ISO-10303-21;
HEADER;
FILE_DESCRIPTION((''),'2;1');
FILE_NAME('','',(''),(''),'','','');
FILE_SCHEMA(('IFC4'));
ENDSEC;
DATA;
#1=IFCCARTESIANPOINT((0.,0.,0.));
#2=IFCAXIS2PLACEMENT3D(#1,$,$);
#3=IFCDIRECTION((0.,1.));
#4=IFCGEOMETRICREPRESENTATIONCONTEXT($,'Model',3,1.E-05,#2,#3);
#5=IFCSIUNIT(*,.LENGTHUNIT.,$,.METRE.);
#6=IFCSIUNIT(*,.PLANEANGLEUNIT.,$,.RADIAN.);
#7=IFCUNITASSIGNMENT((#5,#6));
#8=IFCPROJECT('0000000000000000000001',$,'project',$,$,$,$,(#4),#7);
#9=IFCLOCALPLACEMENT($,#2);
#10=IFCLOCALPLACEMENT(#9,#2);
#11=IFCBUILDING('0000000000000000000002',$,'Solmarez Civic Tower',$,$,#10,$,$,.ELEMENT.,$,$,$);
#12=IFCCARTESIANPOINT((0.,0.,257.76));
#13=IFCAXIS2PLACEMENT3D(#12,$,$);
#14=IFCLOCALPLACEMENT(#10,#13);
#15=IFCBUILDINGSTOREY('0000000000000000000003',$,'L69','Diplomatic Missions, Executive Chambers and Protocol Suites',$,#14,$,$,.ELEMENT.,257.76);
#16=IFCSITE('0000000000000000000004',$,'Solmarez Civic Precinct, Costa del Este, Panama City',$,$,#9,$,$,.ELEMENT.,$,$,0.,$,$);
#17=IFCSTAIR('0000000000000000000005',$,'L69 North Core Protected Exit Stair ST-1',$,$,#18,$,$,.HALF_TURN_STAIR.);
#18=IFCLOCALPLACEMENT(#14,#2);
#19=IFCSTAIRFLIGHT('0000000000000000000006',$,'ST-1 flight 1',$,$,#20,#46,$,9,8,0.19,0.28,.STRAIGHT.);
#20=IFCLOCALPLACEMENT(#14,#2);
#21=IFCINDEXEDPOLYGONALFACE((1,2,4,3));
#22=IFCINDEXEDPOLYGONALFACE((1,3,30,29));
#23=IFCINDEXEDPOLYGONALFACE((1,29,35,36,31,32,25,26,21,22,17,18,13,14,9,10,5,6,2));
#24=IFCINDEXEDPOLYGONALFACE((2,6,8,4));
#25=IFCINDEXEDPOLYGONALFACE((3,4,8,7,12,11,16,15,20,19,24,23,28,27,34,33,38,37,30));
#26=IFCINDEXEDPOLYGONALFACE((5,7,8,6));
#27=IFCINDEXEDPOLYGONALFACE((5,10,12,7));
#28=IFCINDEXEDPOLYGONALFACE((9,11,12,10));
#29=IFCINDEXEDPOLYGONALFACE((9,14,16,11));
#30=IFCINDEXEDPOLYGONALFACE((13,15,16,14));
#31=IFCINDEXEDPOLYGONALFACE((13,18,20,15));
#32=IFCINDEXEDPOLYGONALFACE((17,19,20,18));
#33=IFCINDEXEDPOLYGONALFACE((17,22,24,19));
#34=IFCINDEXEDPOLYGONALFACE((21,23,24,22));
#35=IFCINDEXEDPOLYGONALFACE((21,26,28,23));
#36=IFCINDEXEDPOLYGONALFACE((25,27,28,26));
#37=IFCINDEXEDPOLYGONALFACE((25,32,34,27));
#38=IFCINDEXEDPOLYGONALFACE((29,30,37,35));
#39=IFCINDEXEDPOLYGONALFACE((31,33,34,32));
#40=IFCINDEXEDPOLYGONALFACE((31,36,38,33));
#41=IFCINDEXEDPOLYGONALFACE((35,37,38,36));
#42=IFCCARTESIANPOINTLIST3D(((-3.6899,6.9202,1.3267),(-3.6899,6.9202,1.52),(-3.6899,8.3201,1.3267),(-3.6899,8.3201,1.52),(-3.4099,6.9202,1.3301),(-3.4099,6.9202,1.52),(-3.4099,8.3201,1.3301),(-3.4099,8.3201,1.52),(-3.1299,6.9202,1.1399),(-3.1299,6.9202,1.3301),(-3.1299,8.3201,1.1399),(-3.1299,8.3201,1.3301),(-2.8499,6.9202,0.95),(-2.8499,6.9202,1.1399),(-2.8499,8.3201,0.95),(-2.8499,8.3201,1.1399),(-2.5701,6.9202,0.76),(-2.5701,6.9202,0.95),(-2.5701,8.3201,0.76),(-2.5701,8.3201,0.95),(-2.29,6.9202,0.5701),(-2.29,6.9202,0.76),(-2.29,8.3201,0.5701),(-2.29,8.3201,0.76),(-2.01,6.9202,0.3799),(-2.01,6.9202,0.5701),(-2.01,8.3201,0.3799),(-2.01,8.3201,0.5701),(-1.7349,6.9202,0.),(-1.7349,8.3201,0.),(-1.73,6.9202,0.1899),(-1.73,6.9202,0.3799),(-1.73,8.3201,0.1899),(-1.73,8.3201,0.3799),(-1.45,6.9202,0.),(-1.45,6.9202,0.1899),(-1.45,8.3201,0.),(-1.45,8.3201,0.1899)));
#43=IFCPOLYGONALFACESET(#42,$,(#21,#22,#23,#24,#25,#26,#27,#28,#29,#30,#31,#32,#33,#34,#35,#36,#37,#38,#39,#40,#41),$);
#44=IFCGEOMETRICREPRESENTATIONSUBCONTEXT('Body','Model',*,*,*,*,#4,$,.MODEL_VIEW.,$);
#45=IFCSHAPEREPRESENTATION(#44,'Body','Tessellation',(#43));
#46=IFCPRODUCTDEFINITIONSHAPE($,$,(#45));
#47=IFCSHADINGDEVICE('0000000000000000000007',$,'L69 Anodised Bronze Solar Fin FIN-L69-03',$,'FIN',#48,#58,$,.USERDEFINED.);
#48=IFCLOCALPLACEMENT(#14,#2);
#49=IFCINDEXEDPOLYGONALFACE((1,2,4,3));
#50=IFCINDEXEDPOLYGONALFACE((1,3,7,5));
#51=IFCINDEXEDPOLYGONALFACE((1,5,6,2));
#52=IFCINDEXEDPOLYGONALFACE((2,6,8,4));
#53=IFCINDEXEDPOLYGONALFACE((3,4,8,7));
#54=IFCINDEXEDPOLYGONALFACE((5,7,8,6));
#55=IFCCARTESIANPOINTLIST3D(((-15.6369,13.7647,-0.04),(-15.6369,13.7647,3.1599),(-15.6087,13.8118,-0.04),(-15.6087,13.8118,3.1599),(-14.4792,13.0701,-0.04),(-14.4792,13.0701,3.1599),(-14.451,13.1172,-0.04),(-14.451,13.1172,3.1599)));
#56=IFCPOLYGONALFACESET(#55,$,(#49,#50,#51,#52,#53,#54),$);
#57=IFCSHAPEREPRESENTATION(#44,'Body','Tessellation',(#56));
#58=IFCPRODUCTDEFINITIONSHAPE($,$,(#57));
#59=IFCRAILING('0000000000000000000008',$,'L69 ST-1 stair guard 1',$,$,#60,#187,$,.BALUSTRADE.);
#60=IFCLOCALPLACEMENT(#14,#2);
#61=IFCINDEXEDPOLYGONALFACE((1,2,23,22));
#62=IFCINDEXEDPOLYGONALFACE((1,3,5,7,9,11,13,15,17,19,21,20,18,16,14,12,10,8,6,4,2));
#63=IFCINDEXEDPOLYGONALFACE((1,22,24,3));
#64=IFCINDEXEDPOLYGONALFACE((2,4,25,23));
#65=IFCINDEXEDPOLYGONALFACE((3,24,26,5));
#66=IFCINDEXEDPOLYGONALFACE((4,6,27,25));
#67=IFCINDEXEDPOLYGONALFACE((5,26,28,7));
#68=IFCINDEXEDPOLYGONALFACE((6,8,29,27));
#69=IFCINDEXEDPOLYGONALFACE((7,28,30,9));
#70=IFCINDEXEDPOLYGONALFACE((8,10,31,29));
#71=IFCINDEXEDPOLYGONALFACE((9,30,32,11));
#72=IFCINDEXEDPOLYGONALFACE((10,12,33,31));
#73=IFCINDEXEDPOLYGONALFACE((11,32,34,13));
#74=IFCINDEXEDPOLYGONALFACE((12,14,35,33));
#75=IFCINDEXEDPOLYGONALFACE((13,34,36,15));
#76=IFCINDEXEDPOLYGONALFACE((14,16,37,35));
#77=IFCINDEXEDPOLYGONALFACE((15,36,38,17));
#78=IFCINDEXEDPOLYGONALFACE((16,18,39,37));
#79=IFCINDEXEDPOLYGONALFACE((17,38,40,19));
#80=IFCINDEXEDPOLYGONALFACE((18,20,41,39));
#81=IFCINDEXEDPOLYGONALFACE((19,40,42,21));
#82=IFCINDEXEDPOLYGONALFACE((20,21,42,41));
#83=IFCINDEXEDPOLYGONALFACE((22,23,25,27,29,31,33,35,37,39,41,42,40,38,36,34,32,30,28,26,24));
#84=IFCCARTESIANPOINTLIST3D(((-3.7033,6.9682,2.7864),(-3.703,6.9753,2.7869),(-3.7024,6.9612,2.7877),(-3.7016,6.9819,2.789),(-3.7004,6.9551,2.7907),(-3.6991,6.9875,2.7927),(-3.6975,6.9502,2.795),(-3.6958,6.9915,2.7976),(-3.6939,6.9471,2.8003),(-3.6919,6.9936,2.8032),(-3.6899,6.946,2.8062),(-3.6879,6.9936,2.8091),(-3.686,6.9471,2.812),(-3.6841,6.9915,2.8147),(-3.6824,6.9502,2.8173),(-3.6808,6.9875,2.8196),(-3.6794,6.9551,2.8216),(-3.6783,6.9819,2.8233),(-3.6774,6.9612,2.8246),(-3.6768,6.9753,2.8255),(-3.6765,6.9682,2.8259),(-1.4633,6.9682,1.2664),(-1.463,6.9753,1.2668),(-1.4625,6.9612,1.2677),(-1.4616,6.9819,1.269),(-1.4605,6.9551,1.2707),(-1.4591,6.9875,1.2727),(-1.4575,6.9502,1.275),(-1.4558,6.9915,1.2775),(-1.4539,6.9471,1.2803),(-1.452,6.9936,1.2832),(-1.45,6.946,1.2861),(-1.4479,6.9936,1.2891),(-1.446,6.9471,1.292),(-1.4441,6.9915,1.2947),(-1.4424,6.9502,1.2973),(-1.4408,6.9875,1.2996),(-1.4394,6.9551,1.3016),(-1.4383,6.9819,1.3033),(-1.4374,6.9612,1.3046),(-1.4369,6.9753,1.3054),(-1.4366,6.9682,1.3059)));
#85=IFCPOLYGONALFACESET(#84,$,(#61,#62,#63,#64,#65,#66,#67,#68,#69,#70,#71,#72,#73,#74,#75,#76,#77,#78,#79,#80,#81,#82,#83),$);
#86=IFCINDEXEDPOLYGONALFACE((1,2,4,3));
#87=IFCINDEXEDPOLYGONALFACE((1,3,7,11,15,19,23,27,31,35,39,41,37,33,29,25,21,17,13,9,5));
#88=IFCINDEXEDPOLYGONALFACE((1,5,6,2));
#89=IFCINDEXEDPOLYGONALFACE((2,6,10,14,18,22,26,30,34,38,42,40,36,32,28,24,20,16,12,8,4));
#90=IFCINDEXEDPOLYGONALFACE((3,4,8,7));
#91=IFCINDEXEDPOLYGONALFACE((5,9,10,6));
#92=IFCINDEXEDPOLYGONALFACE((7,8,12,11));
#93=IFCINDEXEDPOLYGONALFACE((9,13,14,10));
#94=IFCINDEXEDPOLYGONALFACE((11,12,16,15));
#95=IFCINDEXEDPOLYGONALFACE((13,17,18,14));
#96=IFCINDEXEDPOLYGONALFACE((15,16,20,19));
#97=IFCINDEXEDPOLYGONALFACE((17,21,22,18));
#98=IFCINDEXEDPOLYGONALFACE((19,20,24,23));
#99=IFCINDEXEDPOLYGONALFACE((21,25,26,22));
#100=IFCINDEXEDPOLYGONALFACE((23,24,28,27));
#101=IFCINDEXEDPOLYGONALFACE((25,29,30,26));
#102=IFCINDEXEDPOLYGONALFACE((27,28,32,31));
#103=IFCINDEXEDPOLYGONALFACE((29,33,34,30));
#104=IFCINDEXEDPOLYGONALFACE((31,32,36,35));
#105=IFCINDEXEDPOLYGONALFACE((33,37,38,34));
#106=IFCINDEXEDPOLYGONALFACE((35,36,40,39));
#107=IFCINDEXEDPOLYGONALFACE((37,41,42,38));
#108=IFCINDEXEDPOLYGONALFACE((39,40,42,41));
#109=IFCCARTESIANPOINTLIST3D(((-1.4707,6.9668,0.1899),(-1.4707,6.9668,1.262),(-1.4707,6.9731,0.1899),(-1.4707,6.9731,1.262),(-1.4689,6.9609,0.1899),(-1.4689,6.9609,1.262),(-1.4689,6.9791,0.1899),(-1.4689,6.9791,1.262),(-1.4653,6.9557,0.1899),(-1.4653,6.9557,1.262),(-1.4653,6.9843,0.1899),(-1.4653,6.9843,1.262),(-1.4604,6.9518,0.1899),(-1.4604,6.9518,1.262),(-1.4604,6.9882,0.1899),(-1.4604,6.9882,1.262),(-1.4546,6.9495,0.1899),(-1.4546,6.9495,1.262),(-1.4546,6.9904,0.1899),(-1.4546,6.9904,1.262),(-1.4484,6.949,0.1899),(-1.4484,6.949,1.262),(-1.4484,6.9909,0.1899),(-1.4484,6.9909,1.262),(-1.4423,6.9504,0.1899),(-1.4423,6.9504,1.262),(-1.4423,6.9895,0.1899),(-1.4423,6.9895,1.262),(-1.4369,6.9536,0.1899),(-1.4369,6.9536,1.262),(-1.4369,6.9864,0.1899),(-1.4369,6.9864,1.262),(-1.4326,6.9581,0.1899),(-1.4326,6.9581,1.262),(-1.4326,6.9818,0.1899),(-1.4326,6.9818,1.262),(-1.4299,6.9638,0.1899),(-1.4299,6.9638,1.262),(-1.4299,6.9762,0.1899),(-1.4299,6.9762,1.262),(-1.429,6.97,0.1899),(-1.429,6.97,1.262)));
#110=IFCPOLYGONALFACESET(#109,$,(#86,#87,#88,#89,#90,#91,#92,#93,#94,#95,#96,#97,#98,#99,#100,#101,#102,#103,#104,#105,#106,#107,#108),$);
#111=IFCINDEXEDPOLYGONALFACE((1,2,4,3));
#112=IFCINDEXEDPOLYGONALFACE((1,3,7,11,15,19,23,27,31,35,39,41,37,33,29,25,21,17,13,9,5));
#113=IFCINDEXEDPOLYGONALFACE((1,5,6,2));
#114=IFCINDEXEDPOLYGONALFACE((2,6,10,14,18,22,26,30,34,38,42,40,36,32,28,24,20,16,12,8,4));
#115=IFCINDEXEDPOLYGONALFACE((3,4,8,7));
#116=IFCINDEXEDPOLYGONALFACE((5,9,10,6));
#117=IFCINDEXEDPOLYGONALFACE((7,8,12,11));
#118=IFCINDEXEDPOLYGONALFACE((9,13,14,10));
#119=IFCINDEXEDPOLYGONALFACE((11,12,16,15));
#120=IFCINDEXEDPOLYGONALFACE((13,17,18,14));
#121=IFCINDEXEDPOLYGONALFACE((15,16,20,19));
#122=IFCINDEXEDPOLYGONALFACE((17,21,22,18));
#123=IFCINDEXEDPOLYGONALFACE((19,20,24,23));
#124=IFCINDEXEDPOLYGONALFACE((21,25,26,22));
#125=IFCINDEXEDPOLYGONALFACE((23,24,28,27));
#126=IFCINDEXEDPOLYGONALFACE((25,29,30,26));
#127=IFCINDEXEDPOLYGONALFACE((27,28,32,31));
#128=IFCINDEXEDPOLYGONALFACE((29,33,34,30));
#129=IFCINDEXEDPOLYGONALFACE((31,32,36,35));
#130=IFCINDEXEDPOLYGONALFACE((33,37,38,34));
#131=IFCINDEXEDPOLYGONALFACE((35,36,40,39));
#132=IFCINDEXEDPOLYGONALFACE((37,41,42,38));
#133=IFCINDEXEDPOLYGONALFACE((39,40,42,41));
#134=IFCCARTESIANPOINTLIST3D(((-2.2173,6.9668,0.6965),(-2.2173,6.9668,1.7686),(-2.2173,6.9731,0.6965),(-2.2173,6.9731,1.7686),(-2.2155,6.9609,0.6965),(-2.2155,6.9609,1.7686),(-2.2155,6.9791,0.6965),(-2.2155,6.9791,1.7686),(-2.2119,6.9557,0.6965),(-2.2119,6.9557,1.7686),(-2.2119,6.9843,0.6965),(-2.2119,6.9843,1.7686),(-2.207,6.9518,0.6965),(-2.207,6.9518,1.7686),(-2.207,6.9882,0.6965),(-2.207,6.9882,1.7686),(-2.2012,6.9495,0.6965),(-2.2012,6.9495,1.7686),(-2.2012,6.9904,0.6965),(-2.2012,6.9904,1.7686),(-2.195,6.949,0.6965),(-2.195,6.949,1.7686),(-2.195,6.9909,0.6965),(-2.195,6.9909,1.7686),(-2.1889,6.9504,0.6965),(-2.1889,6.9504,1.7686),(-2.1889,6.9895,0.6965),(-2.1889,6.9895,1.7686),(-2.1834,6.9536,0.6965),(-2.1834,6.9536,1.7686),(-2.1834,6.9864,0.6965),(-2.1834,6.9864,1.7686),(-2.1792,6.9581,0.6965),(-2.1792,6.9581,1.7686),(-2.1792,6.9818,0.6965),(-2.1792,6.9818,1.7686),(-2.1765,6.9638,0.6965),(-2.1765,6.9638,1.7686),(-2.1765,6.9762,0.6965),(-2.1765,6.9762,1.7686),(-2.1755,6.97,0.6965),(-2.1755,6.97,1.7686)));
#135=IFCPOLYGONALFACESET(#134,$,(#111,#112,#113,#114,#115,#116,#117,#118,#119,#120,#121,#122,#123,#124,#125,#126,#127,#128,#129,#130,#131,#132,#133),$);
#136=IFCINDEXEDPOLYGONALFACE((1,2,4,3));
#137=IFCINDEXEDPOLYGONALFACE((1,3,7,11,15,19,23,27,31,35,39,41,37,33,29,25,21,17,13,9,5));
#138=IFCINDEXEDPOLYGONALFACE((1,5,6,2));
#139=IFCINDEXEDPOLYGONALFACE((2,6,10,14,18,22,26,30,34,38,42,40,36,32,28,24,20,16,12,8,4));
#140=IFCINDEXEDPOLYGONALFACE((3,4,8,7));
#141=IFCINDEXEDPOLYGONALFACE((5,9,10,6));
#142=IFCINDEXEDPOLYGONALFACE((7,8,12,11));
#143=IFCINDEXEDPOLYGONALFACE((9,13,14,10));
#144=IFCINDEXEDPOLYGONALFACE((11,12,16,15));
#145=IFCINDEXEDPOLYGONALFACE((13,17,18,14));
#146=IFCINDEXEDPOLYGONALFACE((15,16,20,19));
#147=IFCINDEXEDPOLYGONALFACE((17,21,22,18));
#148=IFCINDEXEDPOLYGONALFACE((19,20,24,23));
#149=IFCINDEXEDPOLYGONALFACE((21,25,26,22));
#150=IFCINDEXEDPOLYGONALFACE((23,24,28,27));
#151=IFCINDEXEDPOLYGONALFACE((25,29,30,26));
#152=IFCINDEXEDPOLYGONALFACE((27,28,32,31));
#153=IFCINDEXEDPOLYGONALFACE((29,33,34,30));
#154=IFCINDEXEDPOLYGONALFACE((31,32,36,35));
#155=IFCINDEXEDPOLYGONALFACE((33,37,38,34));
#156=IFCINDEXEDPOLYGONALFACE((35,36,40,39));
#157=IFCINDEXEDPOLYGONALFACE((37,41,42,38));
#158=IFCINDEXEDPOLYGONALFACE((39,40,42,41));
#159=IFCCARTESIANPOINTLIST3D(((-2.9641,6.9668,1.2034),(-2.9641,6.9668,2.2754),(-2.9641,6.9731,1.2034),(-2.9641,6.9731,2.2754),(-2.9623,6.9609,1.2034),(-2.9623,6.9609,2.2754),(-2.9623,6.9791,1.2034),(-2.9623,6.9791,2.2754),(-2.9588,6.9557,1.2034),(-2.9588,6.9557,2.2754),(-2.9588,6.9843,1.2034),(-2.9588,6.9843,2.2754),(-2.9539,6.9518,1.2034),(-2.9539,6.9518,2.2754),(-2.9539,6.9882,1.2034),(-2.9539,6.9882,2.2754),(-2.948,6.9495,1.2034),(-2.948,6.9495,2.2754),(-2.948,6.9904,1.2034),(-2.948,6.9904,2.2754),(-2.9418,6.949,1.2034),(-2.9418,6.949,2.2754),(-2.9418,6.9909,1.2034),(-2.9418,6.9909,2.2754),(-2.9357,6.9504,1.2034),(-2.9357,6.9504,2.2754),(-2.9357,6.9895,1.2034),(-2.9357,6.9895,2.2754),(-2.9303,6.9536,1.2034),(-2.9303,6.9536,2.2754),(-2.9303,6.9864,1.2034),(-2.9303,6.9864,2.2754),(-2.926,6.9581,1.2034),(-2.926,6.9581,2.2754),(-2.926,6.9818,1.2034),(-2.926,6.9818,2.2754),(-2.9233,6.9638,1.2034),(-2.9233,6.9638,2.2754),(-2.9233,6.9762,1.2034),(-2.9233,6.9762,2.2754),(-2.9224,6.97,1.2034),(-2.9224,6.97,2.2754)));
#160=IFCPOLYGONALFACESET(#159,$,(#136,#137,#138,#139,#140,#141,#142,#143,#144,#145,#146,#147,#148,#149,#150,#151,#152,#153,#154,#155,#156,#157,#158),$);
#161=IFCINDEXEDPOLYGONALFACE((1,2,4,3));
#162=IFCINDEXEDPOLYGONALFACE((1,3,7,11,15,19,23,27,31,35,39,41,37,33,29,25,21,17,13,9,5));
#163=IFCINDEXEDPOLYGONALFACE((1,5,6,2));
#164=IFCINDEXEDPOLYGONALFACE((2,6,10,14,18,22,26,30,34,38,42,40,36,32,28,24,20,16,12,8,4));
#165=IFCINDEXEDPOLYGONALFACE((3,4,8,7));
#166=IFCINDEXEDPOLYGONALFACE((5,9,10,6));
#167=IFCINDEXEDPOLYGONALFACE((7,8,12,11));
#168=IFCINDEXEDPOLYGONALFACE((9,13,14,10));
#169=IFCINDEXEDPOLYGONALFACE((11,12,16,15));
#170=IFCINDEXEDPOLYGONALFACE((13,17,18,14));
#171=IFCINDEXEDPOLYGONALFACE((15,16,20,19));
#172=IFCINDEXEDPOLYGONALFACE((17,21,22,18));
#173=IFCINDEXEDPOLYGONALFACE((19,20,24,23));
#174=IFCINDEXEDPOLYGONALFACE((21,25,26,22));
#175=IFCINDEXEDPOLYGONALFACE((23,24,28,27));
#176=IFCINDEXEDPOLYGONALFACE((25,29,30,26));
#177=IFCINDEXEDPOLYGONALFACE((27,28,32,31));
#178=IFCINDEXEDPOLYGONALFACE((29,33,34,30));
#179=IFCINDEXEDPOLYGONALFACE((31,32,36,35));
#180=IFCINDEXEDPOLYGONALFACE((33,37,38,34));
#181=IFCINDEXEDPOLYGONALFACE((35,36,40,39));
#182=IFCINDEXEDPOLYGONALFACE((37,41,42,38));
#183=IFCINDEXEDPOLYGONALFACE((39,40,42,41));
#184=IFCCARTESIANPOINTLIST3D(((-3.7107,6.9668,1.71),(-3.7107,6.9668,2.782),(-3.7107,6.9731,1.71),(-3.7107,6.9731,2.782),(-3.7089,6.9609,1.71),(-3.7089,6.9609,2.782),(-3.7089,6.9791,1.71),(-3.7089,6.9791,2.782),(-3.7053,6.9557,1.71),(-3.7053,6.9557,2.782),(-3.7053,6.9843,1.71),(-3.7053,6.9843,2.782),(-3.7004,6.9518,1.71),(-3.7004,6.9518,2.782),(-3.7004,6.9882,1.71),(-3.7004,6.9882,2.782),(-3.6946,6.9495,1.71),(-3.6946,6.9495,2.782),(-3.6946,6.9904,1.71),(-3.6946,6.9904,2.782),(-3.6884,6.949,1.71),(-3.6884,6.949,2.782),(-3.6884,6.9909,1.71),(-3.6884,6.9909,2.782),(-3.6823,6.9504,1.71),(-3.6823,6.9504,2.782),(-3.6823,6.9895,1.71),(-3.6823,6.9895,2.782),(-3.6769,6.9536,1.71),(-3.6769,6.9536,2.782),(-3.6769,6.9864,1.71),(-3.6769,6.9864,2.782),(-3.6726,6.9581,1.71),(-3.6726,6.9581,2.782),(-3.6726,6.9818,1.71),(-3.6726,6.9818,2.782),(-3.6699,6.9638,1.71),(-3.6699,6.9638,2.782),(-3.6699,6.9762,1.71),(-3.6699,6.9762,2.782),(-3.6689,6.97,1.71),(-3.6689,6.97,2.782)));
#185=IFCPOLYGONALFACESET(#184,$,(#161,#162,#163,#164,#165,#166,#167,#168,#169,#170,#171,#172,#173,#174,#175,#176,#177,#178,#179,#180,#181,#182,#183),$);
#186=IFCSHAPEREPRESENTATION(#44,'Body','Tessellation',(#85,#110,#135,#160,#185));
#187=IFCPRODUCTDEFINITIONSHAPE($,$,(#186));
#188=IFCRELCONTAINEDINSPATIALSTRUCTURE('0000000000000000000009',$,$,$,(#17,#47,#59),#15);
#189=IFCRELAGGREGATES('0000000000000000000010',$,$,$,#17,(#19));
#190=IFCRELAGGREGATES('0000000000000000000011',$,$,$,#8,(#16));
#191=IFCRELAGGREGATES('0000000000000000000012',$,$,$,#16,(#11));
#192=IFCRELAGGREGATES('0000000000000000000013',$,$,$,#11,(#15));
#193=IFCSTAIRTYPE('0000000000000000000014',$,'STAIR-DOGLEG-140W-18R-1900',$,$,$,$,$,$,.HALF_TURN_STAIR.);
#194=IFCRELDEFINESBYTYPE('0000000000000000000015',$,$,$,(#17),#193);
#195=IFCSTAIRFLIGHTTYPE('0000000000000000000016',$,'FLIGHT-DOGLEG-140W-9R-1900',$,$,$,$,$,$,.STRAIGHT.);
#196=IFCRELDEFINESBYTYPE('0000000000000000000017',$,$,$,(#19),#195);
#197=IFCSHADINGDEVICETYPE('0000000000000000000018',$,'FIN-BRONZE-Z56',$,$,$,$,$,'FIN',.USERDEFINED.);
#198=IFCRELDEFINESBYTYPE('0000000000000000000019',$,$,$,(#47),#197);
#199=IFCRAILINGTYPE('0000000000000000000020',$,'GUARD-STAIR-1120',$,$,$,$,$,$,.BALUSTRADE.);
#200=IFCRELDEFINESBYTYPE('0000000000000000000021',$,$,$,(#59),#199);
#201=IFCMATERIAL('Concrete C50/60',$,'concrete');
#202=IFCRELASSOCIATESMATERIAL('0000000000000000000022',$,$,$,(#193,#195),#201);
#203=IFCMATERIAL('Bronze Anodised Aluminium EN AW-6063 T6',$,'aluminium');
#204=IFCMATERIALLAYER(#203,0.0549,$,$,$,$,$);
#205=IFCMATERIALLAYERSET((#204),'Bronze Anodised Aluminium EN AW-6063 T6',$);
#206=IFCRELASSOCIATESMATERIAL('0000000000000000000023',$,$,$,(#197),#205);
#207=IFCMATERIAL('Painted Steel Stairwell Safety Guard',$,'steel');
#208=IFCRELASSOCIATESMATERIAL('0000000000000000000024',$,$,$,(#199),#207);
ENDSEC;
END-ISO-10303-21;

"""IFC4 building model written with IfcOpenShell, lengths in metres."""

from ifc_helpers import new_model, si_unit, direction, frame, origin, origin_2d, place, context, subcontext, project, spatial, polyline, rectangle, circle, outline, extrude, material, layer, layer_set, type_object, element, aggregate, save


model = new_model("IFC4")

# Units and contexts
model_context = context("Model", 3, precision=1e-05, world=origin(), true_north=direction((0.0, 1.0)))
body_context = subcontext(model_context, "Body", "Model", "MODEL_VIEW")
ifc_project = project(units=[si_unit("LENGTHUNIT", "METRE"), si_unit("PLANEANGLEUNIT", "RADIAN")], contexts=[model_context])

# Site, building, storey
site_placement = place(None, origin())
site = spatial("IfcSite", under=ifc_project, at=site_placement, Name="Solmarez Civic Precinct, Costa del Este, Panama City", CompositionType="ELEMENT", RefElevation=0.0)
building_placement = place(site_placement, origin())
building = spatial("IfcBuilding", under=site, at=building_placement, Name="Solmarez Civic Tower", CompositionType="ELEMENT")
storey_placement = place(building_placement, frame((0.0, 0.0, 257.76)))
storey = spatial("IfcBuildingStorey", under=building, at=storey_placement, Name="L69", Description="Diplomatic Missions, Executive Chambers and Protocol Suites", CompositionType="ELEMENT", Elevation=257.76)

# Shared definitions
ifc_material_1 = material(Name="Concrete C50/60", Category="concrete")

# Stair, stair flight
stair_type = type_object("IfcStairType", Name="STAIR-DOGLEG-140W-18R-1900", PredefinedType="HALF_TURN_STAIR", material=ifc_material_1)
stair_placement = place(storey_placement, origin())
stair = element("IfcStair", 1, at=stair_placement, inside=storey, type_object=stair_type, Name="L69 North Core Protected Exit Stair ST-1", PredefinedType="HALF_TURN_STAIR")
stair_flight_type = type_object("IfcStairFlightType", Name="FLIGHT-DOGLEG-140W-9R-1900", PredefinedType="STRAIGHT", material=ifc_material_1)
stair_flight_placement = place(storey_placement, frame((-1.45, 7.6201, 0.0), z_axis=(0.0, 0.0, 1.0), x_axis=(-1.0, 0.0, 0.0)))
stair_flight = element("IfcStairFlight", 2, at=stair_flight_placement, type_object=stair_flight_type, Name="ST-1 flight 1", NumberOfRisers=9, NumberOfTreads=8, PredefinedType="STRAIGHT", RiserHeight=0.19, TreadLength=0.28, context=body_context, shape_type="SweptSolid", body=[
    extrude(outline(polyline([(0.0, 0.0), (0.0, 0.1899), (0.28, 0.1899), (0.28, 0.3799), (0.5601, 0.3799), (0.5601, 0.5701), (0.8401, 0.5701), (0.8401, 0.76), (1.1201, 0.76), (1.1201, 0.95), (1.3999, 0.95), (1.3999, 1.1399), (1.6799, 1.1399), (1.6799, 1.3301), (1.96, 1.3301), (1.96, 1.52), (2.24, 1.52), (2.24, 1.71), (2.24, 1.3267), (0.2849, 0.0), (0.0, 0.0)])), frame((0.0, 0.7, 0.0), z_axis=(0.0, -1.0, 0.0), x_axis=(1.0, 0.0, 0.0)), (0.0, 0.0, 1.0), 1.3999),
])
aggregate(stair, [stair_flight])

# Shading device
ifc_material_2 = material(Name="Bronze Anodised Aluminium EN AW-6063 T6", Category="aluminium")
ifc_layer_1 = layer(ifc_material_2, 0.0549)
ifc_layer_set_1 = layer_set([ifc_layer_1], Name="Bronze Anodised Aluminium EN AW-6063 T6")
shading_device_type = type_object("IfcShadingDeviceType", Name="FIN-BRONZE-Z56", ElementType="FIN", PredefinedType="USERDEFINED", material=ifc_layer_set_1)
shading_device_placement = place(storey_placement, frame((-15.0439, 13.4409, -0.04), z_axis=(0.0, 0.0, 1.0), x_axis=(-0.857509, 0.514469, 0.0)))
element("IfcShadingDevice", 3, at=shading_device_placement, inside=storey, type_object=shading_device_type, Name="L69 Anodised Bronze Solar Fin FIN-L69-03", ObjectType="FIN", PredefinedType="USERDEFINED", context=body_context, shape_type="SweptSolid", body=[
    extrude(rectangle(XDim=1.3501, YDim=0.0549, at=origin_2d()), origin(), (0.0, 0.0, 1.0), 3.2),
])

# Railing
ifc_material_3 = material(Name="Painted Steel Stairwell Safety Guard", Category="steel")
railing_type_1 = type_object("IfcRailingType", Name="GUARD-STAIR-1120", PredefinedType="BALUSTRADE", material=ifc_material_3)
railing_1_placement = place(storey_placement, frame((-1.45, 6.97, 0.1899)))
element("IfcRailing", 4, at=railing_1_placement, inside=storey, type_object=railing_type_1, Name="L69 ST-1 stair guard 1", PredefinedType="BALUSTRADE", context=body_context, shape_type="SweptSolid", body=[
    extrude(circle(Radius=0.0239, at=origin_2d()), frame((0.0, 0.0, 1.0962), z_axis=(-0.827471, 0.0, 0.561508), x_axis=(0.0, -1.0, 0.0)), (0.0, 0.0, 1.0), 2.707),
    extrude(circle(Radius=0.021, at=origin_2d()), origin(), (0.0, 0.0, 1.0), 1.072),
    extrude(circle(Radius=0.021, at=origin_2d()), frame((-0.7466, 0.0, 0.5066)), (0.0, 0.0, 1.0), 1.072),
    extrude(circle(Radius=0.021, at=origin_2d()), frame((-1.4934, 0.0, 1.0134)), (0.0, 0.0, 1.0), 1.072),
    extrude(circle(Radius=0.021, at=origin_2d()), frame((-2.24, 0.0, 1.52)), (0.0, 0.0, 1.0), 1.072),
])

save(model, "model.ifc")
